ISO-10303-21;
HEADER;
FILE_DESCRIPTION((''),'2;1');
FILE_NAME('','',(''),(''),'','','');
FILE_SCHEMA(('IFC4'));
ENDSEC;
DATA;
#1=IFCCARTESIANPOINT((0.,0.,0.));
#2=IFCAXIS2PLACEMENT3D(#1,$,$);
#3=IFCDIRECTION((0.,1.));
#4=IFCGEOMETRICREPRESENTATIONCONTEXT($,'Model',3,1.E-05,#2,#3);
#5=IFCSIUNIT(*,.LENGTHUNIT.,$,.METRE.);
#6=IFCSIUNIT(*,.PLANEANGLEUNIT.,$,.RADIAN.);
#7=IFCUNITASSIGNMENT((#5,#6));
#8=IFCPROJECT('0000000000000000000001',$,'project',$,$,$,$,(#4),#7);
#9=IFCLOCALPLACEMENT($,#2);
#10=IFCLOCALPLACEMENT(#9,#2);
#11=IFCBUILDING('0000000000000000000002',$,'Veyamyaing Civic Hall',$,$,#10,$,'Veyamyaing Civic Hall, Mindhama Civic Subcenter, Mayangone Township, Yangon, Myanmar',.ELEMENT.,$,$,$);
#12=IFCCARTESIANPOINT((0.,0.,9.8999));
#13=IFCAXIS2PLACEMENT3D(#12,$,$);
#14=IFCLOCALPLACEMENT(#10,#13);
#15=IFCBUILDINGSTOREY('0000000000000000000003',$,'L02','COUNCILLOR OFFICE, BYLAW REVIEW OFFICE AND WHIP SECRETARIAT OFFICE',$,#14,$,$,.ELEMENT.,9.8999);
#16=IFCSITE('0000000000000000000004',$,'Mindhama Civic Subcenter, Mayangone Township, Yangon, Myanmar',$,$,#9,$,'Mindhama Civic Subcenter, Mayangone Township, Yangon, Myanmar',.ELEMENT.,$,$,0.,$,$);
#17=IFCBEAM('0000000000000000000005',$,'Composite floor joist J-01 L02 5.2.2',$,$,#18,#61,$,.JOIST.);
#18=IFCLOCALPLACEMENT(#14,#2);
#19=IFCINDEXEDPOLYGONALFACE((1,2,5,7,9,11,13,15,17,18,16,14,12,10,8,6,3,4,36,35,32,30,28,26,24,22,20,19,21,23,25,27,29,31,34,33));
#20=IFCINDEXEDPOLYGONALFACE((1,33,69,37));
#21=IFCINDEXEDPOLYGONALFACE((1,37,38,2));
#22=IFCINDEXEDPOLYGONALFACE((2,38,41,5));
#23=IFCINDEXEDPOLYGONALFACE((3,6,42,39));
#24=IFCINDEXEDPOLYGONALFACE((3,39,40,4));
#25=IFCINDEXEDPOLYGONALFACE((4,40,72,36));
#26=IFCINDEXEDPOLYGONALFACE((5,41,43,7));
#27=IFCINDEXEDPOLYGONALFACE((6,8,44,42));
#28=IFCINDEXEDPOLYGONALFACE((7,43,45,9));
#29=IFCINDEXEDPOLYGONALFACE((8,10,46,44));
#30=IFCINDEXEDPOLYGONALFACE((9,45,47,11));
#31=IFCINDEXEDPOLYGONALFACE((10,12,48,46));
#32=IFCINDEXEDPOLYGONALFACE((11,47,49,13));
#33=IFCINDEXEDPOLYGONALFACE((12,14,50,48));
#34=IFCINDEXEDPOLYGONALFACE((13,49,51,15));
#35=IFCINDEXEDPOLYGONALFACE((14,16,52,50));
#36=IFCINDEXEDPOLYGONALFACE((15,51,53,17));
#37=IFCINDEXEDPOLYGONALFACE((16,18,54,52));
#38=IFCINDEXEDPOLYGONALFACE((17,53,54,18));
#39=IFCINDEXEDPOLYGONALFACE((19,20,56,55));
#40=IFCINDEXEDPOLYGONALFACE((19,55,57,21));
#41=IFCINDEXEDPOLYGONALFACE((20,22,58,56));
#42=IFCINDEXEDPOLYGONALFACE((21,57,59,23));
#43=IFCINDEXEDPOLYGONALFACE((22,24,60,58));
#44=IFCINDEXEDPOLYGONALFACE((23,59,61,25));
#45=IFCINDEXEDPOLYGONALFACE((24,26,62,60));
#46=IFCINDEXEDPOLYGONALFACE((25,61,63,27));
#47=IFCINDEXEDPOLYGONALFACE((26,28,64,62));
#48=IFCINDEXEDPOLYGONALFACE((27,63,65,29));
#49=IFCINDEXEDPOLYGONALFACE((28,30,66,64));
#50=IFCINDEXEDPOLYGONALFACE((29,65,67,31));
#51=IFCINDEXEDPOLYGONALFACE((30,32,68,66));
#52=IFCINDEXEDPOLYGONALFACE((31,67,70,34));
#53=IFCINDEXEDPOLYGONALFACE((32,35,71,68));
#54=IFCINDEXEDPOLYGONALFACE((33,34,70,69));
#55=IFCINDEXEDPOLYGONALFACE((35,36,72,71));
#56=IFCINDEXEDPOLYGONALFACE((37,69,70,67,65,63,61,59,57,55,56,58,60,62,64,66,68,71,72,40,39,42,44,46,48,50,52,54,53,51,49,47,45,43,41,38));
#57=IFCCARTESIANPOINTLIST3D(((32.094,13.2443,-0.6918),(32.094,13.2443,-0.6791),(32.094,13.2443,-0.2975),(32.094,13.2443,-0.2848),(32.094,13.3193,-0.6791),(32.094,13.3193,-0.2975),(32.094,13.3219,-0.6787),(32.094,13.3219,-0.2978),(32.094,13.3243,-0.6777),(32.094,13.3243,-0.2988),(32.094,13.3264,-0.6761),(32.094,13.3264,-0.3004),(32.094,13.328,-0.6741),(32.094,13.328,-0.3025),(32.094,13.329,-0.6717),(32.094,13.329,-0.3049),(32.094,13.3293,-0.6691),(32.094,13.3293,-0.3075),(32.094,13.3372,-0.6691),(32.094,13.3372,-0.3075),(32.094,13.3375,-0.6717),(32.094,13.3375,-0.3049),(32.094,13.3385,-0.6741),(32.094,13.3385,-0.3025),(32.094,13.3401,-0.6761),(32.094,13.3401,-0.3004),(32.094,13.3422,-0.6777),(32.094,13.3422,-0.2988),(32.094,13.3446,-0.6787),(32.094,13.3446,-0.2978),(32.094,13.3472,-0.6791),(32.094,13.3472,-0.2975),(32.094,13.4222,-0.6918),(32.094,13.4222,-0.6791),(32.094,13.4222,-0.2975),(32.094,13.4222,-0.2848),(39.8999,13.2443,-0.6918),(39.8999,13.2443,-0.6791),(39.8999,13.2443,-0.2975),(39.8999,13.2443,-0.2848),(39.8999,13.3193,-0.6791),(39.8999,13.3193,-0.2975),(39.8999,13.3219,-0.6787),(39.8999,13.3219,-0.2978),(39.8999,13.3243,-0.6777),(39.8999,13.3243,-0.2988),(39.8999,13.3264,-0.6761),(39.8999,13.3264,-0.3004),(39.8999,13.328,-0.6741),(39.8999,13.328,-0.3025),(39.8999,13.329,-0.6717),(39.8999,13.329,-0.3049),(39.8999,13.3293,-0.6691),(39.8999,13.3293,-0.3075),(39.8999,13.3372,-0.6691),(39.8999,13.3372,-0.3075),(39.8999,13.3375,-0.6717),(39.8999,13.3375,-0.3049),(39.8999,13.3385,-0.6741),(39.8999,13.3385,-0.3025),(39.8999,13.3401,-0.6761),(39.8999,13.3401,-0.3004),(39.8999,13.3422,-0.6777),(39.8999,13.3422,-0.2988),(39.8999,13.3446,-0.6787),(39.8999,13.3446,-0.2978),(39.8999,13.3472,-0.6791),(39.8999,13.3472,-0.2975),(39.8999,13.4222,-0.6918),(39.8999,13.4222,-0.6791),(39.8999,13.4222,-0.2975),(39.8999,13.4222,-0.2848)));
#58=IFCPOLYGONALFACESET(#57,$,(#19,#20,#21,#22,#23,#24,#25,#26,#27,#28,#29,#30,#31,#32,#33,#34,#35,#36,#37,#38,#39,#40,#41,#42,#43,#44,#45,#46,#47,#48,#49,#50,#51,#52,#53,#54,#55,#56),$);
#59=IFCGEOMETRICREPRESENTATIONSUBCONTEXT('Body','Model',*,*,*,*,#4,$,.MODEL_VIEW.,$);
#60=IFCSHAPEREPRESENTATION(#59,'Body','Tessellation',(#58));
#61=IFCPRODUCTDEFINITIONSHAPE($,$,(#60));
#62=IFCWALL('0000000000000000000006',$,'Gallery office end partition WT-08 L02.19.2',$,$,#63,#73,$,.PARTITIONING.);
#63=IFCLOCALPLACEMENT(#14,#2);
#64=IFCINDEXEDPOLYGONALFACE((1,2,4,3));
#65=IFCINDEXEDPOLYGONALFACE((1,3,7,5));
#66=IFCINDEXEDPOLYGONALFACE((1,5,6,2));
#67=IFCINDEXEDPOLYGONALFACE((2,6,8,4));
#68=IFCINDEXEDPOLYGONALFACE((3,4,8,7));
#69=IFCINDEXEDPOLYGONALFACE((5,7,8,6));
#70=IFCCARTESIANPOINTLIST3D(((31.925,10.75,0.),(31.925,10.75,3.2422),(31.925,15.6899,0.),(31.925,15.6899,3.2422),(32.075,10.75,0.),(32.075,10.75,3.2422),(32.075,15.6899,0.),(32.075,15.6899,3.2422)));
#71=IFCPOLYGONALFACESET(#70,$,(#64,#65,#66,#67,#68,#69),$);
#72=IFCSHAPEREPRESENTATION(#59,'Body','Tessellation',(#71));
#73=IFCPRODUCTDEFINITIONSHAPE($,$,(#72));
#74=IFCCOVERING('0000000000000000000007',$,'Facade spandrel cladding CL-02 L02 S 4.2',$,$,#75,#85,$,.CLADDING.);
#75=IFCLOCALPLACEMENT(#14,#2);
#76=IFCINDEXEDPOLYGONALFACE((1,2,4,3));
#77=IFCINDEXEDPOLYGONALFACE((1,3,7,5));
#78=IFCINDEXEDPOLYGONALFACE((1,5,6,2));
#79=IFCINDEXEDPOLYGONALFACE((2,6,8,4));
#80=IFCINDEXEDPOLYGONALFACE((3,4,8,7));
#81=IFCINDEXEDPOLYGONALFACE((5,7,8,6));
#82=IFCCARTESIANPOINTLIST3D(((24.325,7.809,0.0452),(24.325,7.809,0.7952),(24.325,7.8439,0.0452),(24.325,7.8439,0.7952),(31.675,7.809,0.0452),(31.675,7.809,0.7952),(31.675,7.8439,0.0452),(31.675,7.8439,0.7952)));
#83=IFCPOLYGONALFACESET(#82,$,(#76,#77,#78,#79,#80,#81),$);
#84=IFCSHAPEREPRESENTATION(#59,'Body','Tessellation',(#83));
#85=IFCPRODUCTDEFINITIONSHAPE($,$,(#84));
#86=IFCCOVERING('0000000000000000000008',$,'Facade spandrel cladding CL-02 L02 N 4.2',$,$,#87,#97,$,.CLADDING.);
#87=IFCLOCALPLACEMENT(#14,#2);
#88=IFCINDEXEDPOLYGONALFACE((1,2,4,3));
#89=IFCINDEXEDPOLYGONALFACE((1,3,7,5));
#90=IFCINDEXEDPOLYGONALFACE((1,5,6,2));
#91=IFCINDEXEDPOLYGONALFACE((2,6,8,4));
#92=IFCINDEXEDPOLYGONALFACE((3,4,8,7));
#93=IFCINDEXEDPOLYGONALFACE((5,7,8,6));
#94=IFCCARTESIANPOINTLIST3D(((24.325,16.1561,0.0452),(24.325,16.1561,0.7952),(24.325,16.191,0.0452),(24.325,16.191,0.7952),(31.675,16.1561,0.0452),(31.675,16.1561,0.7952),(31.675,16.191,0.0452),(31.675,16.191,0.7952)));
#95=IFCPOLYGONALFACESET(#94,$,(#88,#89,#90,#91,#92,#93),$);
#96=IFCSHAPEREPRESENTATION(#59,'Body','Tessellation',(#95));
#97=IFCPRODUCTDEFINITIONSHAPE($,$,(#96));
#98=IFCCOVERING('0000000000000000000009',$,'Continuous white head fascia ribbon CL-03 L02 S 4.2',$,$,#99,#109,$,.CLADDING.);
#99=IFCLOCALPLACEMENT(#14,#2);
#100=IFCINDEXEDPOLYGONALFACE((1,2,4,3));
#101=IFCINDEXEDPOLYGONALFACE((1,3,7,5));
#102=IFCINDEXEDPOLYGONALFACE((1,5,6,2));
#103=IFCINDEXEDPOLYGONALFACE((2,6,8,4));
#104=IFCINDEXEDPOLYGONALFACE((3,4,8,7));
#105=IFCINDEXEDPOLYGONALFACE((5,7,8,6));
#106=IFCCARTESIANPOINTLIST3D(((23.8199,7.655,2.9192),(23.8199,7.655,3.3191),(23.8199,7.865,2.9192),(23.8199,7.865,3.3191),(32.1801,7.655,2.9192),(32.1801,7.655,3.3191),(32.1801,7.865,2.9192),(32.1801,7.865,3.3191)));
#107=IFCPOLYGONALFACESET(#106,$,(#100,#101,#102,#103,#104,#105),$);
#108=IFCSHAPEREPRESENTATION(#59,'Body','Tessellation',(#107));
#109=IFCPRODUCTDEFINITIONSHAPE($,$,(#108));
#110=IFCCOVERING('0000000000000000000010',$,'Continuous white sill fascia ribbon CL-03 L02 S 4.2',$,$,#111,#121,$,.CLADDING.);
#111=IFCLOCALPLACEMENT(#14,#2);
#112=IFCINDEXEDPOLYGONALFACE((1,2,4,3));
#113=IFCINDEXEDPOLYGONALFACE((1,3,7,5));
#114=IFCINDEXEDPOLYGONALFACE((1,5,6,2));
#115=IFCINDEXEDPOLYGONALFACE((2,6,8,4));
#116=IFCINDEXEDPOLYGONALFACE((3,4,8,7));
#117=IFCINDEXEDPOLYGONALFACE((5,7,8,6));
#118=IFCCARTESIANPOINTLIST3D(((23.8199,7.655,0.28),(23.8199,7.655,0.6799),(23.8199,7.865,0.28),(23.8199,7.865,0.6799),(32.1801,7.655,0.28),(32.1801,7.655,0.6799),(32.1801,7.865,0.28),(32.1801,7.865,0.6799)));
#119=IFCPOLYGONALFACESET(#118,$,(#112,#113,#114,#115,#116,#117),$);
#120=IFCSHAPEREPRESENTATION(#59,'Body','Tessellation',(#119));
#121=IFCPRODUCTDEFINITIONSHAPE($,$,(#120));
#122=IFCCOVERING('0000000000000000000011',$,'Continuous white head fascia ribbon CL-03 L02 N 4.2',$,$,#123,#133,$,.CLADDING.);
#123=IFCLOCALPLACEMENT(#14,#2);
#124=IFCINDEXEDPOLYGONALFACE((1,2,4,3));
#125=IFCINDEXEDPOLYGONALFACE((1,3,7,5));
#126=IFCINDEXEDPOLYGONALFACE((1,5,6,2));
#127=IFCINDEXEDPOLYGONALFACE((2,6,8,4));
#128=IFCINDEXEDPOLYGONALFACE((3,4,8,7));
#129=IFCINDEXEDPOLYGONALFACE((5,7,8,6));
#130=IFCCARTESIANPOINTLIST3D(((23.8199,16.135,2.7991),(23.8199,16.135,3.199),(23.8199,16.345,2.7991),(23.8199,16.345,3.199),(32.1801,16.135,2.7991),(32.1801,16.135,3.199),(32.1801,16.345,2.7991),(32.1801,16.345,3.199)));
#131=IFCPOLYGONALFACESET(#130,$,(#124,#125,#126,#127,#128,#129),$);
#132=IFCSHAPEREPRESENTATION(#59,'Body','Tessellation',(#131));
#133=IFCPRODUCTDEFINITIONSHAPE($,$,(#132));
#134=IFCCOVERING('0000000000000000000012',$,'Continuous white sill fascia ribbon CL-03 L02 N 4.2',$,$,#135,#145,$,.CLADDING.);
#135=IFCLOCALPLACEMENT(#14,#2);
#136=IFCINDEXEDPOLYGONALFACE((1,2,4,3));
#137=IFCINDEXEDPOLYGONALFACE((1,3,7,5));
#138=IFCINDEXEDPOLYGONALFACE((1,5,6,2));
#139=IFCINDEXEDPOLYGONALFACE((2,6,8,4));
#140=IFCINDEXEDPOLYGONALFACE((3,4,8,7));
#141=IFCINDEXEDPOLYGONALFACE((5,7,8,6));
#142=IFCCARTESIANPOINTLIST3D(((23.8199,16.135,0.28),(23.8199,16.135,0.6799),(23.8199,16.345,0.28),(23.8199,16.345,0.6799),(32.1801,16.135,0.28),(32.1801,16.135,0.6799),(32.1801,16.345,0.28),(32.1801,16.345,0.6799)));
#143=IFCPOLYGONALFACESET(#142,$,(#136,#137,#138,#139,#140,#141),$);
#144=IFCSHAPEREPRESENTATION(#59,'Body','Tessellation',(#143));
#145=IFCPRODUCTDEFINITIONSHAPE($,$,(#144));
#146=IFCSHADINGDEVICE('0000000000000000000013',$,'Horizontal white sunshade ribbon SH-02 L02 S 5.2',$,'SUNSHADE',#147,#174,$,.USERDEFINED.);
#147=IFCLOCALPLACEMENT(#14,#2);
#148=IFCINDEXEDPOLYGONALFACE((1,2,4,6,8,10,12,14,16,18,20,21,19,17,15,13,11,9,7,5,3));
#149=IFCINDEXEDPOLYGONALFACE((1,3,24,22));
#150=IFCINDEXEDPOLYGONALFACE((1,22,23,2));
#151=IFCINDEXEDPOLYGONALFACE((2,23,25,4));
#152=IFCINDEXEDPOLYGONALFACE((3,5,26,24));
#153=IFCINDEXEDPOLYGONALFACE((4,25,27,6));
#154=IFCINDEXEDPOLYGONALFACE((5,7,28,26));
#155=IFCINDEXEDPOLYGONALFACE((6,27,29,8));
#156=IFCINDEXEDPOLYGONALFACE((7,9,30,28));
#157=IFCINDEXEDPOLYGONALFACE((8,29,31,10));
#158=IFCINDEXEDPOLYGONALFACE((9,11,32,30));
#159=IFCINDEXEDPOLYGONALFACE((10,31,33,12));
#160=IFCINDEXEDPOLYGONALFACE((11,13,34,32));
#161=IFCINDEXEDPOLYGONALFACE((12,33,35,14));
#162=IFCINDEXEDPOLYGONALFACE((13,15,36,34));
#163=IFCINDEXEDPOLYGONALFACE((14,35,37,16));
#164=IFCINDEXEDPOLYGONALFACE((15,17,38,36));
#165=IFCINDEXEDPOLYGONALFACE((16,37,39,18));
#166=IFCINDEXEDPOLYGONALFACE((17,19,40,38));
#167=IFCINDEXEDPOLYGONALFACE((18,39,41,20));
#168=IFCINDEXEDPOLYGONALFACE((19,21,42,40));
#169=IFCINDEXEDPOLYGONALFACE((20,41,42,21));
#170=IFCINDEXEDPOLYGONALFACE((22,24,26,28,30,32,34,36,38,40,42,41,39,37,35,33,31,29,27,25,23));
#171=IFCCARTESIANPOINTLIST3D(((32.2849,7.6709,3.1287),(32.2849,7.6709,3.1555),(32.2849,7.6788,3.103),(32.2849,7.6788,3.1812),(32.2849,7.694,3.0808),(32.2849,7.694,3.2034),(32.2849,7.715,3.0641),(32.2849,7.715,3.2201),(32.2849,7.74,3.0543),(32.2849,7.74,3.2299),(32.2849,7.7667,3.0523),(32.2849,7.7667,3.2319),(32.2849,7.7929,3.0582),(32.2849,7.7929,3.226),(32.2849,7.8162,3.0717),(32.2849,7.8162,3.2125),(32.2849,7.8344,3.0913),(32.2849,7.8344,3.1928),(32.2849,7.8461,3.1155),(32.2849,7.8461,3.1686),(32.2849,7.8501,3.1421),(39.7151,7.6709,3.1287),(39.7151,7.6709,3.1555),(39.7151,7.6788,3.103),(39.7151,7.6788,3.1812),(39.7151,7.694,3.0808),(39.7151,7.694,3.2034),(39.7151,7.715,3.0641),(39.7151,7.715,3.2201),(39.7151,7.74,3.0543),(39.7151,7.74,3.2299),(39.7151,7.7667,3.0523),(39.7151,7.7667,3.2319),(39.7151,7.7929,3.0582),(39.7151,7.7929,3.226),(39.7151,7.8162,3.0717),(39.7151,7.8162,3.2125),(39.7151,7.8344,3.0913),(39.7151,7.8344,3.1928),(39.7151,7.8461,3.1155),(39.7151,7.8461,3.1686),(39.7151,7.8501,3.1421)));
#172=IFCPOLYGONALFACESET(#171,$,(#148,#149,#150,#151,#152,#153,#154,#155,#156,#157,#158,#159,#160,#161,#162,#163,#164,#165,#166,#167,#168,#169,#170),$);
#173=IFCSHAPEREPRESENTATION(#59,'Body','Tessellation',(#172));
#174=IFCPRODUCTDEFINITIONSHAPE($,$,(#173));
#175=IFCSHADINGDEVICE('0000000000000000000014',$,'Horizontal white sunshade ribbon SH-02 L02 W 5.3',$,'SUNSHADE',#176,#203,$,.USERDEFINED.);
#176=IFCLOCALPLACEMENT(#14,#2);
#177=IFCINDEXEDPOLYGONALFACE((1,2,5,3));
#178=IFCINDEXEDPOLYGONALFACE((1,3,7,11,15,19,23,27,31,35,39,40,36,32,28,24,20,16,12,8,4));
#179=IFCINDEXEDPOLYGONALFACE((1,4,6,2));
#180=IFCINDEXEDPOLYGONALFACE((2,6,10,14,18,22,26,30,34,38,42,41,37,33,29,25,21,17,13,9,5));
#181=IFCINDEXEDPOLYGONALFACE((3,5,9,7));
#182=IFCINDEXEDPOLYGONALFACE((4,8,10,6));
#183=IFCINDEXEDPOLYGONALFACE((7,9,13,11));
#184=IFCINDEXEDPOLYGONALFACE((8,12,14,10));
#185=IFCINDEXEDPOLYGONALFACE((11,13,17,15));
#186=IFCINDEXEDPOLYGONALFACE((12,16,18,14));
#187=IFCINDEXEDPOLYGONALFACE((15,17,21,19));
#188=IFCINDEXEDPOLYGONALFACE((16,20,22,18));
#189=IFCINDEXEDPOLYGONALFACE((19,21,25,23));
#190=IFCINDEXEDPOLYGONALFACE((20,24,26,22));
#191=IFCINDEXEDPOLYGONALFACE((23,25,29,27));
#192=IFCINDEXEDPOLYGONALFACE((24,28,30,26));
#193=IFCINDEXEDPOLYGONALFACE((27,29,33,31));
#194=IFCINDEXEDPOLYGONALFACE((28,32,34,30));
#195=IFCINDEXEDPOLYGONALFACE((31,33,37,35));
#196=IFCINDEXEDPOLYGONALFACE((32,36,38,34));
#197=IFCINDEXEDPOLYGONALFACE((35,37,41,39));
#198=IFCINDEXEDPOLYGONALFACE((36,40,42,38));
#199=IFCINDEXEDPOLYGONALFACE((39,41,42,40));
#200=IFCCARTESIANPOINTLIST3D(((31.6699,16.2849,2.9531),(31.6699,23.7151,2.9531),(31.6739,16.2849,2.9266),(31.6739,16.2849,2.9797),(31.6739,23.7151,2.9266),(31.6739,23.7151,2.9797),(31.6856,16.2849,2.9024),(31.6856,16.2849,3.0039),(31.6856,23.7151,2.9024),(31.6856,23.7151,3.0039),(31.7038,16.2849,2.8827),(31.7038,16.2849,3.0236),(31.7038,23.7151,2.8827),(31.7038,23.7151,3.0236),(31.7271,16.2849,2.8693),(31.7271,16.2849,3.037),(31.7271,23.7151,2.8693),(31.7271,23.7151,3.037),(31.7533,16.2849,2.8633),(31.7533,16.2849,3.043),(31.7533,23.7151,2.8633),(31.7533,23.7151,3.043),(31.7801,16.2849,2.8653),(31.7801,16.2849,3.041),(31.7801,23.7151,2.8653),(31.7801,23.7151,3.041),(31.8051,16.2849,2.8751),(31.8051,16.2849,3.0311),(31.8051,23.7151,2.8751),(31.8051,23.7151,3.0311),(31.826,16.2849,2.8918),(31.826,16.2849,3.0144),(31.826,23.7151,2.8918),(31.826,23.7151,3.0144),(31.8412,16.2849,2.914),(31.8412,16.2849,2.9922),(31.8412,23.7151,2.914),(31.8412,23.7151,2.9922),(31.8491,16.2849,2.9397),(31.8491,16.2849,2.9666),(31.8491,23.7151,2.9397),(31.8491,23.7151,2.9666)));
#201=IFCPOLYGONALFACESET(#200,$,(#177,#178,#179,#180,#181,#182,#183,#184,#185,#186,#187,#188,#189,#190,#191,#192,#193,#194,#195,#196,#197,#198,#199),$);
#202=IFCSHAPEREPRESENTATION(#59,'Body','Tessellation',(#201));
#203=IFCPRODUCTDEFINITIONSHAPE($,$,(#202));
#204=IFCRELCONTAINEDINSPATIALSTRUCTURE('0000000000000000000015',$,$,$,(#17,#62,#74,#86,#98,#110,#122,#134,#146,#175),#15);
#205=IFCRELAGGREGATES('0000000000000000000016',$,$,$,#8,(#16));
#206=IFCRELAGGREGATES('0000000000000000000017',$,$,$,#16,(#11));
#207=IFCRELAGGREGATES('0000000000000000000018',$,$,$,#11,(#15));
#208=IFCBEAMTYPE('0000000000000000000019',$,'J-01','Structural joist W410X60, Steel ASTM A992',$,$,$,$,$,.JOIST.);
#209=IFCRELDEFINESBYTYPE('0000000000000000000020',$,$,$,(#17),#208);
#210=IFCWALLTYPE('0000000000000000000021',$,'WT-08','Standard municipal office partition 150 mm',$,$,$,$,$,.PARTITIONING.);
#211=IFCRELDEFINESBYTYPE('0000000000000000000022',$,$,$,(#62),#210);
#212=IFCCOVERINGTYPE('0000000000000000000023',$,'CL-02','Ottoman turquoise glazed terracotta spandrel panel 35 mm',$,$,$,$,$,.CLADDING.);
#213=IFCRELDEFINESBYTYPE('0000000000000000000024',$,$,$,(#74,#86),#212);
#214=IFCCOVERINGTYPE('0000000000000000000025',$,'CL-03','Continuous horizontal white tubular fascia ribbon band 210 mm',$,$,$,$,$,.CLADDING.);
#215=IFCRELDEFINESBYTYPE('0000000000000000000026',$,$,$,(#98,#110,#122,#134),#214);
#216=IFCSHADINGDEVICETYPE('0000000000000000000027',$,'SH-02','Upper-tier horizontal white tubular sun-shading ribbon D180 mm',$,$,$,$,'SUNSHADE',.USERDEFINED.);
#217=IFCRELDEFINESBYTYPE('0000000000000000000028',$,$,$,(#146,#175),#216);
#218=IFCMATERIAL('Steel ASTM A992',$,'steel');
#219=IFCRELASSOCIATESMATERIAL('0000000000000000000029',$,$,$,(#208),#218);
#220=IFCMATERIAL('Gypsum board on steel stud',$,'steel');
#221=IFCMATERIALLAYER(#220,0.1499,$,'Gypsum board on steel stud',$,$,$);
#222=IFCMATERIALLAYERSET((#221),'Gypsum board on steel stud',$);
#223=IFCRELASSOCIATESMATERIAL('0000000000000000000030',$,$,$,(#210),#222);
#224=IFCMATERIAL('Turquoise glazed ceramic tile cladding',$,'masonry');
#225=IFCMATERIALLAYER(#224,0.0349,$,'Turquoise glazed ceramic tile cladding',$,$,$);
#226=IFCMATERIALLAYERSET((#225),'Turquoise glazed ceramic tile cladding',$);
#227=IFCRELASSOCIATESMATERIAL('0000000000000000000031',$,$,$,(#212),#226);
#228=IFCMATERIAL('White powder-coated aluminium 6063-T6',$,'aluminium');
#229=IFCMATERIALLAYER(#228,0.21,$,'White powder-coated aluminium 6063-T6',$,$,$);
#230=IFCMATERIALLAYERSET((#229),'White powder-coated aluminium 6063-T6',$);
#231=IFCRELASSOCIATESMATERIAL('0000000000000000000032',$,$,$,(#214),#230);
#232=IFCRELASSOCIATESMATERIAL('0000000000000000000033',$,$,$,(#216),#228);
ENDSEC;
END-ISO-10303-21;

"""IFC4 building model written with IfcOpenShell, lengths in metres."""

from ifc_helpers import new_model, si_unit, direction, frame, frame_2d, origin, origin_2d, place, context, subcontext, project, spatial, rectangle, circle, i_section, extrude, material, layer, layer_set, material_profile, profile_set, type_object, element, save


model = new_model("IFC4")

# Units and contexts
model_context = context("Model", 3, precision=1e-05, world=origin(), true_north=direction((0.0, 1.0)))
body_context = subcontext(model_context, "Body", "Model", "MODEL_VIEW")
ifc_project = project(units=[si_unit("LENGTHUNIT", "METRE"), si_unit("PLANEANGLEUNIT", "RADIAN")], contexts=[model_context])

# Site, building, storey
site_placement = place(None, origin())
site = spatial("IfcSite", under=ifc_project, at=site_placement, Name="Mindhama Civic Subcenter, Mayangone Township, Yangon, Myanmar", LongName="Mindhama Civic Subcenter, Mayangone Township, Yangon, Myanmar", CompositionType="ELEMENT", RefElevation=0.0)
building_placement = place(site_placement, origin())
building = spatial("IfcBuilding", under=site, at=building_placement, Name="Veyamyaing Civic Hall", LongName="Veyamyaing Civic Hall, Mindhama Civic Subcenter, Mayangone Township, Yangon, Myanmar", CompositionType="ELEMENT")
storey_placement = place(building_placement, frame((0.0, 0.0, 9.8999)))
storey = spatial("IfcBuildingStorey", under=building, at=storey_placement, Name="L02", Description="COUNCILLOR OFFICE, BYLAW REVIEW OFFICE AND WHIP SECRETARIAT OFFICE", CompositionType="ELEMENT", Elevation=9.8999)

# Shared definitions
ifc_material_1 = material(Name="Steel ASTM A992", Category="steel")

# Beam
ifc_material_profile_1 = material_profile(ifc_material_1, i_section(OverallWidth=0.178, OverallDepth=0.407, WebThickness=0.0078, FlangeThickness=0.0127, FilletRadius=0.01, at=origin_2d()), Name="W410X60")
ifc_profile_set_1 = profile_set([ifc_material_profile_1], Name="Steel ASTM A992")
beam_type_1 = type_object("IfcBeamType", Name="J-01", Description="Structural joist W410X60, Steel ASTM A992", PredefinedType="JOIST", material=ifc_profile_set_1)
for number, where, z_axis, x_axis, name in (
    (1, (32.094, 13.3333, -0.4883), (1.0, 0.0, 0.0), (0.0, 1.0, 0.0), "Composite floor joist J-01 L02 5.2.2"),
):
    element("IfcBeam", number, at=place(storey_placement, frame(where, z_axis=z_axis, x_axis=x_axis)), inside=storey, type_object=beam_type_1, Name=name, PredefinedType="JOIST", context=body_context, shape_type="SweptSolid", body=[
        extrude(i_section(OverallWidth=0.178, OverallDepth=0.407, WebThickness=0.0078, FlangeThickness=0.0127, FilletRadius=0.01, at=origin_2d()), origin(), (0.0, 0.0, 1.0), 7.8059),
    ])

# Wall
ifc_material_2 = material(Name="Gypsum board on steel stud", Category="steel")
ifc_layer_1 = layer(ifc_material_2, 0.1499, Name="Gypsum board on steel stud")
ifc_layer_set_1 = layer_set([ifc_layer_1], Name="Gypsum board on steel stud")
wall_type = type_object("IfcWallType", Name="WT-08", Description="Standard municipal office partition 150 mm", PredefinedType="PARTITIONING", material=ifc_layer_set_1)
wall_placement = place(storey_placement, frame((32.0, 10.75, 0.0), z_axis=(0.0, 0.0, 1.0), x_axis=(0.0, 1.0, 0.0)))
element("IfcWall", 2, at=wall_placement, inside=storey, type_object=wall_type, Name="Gallery office end partition WT-08 L02.19.2", PredefinedType="PARTITIONING", context=body_context, shape_type="SweptSolid", body=[
    extrude(rectangle(XDim=4.9399, YDim=0.1499, at=frame_2d((2.47, 0.0))), origin(), (0.0, 0.0, 1.0), 3.2422),
])

# Coverings
ifc_material_3 = material(Name="Turquoise glazed ceramic tile cladding", Category="masonry")
ifc_layer_2 = layer(ifc_material_3, 0.0349, Name="Turquoise glazed ceramic tile cladding")
ifc_layer_set_2 = layer_set([ifc_layer_2], Name="Turquoise glazed ceramic tile cladding")
covering_type_1 = type_object("IfcCoveringType", Name="CL-02", Description="Ottoman turquoise glazed terracotta spandrel panel 35 mm", PredefinedType="CLADDING", material=ifc_layer_set_2)
for number, where, z_axis, x_axis, name in (
    (3, (28.0, 7.8264, 0.0452), (0.0, 0.0, 1.0), (1.0, 0.0, 0.0), "Facade spandrel cladding CL-02 L02 S 4.2"),
    (4, (28.0, 16.1736, 0.0452), (0.0, 0.0, 1.0), (1.0, 0.0, 0.0), "Facade spandrel cladding CL-02 L02 N 4.2"),
):
    element("IfcCovering", number, at=place(storey_placement, frame(where, z_axis=z_axis, x_axis=x_axis)), inside=storey, type_object=covering_type_1, Name=name, PredefinedType="CLADDING", context=body_context, shape_type="SweptSolid", body=[
        extrude(rectangle(XDim=7.3501, YDim=0.0349, at=origin_2d()), origin(), (0.0, 0.0, 1.0), 0.75),
    ])
ifc_material_4 = material(Name="White powder-coated aluminium 6063-T6", Category="aluminium")
ifc_layer_3 = layer(ifc_material_4, 0.21, Name="White powder-coated aluminium 6063-T6")
ifc_layer_set_3 = layer_set([ifc_layer_3], Name="White powder-coated aluminium 6063-T6")
covering_type_2 = type_object("IfcCoveringType", Name="CL-03", Description="Continuous horizontal white tubular fascia ribbon band 210 mm", PredefinedType="CLADDING", material=ifc_layer_set_3)
for number, where, z_axis, x_axis, name in (
    (5, (28.0, 7.76, 2.9192), (0.0, 0.0, 1.0), (1.0, 0.0, 0.0), "Continuous white head fascia ribbon CL-03 L02 S 4.2"),
    (6, (28.0, 7.76, 0.28), (0.0, 0.0, 1.0), (1.0, 0.0, 0.0), "Continuous white sill fascia ribbon CL-03 L02 S 4.2"),
    (7, (28.0, 16.24, 2.7991), (0.0, 0.0, 1.0), (1.0, 0.0, 0.0), "Continuous white head fascia ribbon CL-03 L02 N 4.2"),
    (8, (28.0, 16.24, 0.28), (0.0, 0.0, 1.0), (1.0, 0.0, 0.0), "Continuous white sill fascia ribbon CL-03 L02 N 4.2"),
):
    element("IfcCovering", number, at=place(storey_placement, frame(where, z_axis=z_axis, x_axis=x_axis)), inside=storey, type_object=covering_type_2, Name=name, PredefinedType="CLADDING", context=body_context, shape_type="SweptSolid", body=[
        extrude(rectangle(XDim=8.3601, YDim=0.21, at=origin_2d()), origin(), (0.0, 0.0, 1.0), 0.3999),
    ])

# Shading devices
ifc_material_profile_2 = material_profile(ifc_material_4, circle(Radius=0.0901, at=origin_2d()), Name="SHADE-TUBE-180")
ifc_profile_set_2 = profile_set([ifc_material_profile_2], Name="White powder-coated aluminium 6063-T6")
shading_device_type = type_object("IfcShadingDeviceType", Name="SH-02", Description="Upper-tier horizontal white tubular sun-shading ribbon D180 mm", ElementType="SUNSHADE", PredefinedType="USERDEFINED", material=ifc_profile_set_2)
for number, where, z_axis, x_axis, name in (
    (9, (32.2849, 7.76, 3.1421), (1.0, 0.0, 0.0), (0.0, 1.0, 0.0), "Horizontal white sunshade ribbon SH-02 L02 S 5.2"),
    (10, (31.76, 16.2849, 2.9531), (0.0, 1.0, 0.0), (-1.0, 0.0, 0.0), "Horizontal white sunshade ribbon SH-02 L02 W 5.3"),
):
    element("IfcShadingDevice", number, at=place(storey_placement, frame(where, z_axis=z_axis, x_axis=x_axis)), inside=storey, type_object=shading_device_type, Name=name, ObjectType="SUNSHADE", PredefinedType="USERDEFINED", context=body_context, shape_type="SweptSolid", body=[
        extrude(circle(Radius=0.0901, at=origin_2d()), origin(), (0.0, 0.0, 1.0), 7.4302),
    ])

save(model, "model.ifc")
